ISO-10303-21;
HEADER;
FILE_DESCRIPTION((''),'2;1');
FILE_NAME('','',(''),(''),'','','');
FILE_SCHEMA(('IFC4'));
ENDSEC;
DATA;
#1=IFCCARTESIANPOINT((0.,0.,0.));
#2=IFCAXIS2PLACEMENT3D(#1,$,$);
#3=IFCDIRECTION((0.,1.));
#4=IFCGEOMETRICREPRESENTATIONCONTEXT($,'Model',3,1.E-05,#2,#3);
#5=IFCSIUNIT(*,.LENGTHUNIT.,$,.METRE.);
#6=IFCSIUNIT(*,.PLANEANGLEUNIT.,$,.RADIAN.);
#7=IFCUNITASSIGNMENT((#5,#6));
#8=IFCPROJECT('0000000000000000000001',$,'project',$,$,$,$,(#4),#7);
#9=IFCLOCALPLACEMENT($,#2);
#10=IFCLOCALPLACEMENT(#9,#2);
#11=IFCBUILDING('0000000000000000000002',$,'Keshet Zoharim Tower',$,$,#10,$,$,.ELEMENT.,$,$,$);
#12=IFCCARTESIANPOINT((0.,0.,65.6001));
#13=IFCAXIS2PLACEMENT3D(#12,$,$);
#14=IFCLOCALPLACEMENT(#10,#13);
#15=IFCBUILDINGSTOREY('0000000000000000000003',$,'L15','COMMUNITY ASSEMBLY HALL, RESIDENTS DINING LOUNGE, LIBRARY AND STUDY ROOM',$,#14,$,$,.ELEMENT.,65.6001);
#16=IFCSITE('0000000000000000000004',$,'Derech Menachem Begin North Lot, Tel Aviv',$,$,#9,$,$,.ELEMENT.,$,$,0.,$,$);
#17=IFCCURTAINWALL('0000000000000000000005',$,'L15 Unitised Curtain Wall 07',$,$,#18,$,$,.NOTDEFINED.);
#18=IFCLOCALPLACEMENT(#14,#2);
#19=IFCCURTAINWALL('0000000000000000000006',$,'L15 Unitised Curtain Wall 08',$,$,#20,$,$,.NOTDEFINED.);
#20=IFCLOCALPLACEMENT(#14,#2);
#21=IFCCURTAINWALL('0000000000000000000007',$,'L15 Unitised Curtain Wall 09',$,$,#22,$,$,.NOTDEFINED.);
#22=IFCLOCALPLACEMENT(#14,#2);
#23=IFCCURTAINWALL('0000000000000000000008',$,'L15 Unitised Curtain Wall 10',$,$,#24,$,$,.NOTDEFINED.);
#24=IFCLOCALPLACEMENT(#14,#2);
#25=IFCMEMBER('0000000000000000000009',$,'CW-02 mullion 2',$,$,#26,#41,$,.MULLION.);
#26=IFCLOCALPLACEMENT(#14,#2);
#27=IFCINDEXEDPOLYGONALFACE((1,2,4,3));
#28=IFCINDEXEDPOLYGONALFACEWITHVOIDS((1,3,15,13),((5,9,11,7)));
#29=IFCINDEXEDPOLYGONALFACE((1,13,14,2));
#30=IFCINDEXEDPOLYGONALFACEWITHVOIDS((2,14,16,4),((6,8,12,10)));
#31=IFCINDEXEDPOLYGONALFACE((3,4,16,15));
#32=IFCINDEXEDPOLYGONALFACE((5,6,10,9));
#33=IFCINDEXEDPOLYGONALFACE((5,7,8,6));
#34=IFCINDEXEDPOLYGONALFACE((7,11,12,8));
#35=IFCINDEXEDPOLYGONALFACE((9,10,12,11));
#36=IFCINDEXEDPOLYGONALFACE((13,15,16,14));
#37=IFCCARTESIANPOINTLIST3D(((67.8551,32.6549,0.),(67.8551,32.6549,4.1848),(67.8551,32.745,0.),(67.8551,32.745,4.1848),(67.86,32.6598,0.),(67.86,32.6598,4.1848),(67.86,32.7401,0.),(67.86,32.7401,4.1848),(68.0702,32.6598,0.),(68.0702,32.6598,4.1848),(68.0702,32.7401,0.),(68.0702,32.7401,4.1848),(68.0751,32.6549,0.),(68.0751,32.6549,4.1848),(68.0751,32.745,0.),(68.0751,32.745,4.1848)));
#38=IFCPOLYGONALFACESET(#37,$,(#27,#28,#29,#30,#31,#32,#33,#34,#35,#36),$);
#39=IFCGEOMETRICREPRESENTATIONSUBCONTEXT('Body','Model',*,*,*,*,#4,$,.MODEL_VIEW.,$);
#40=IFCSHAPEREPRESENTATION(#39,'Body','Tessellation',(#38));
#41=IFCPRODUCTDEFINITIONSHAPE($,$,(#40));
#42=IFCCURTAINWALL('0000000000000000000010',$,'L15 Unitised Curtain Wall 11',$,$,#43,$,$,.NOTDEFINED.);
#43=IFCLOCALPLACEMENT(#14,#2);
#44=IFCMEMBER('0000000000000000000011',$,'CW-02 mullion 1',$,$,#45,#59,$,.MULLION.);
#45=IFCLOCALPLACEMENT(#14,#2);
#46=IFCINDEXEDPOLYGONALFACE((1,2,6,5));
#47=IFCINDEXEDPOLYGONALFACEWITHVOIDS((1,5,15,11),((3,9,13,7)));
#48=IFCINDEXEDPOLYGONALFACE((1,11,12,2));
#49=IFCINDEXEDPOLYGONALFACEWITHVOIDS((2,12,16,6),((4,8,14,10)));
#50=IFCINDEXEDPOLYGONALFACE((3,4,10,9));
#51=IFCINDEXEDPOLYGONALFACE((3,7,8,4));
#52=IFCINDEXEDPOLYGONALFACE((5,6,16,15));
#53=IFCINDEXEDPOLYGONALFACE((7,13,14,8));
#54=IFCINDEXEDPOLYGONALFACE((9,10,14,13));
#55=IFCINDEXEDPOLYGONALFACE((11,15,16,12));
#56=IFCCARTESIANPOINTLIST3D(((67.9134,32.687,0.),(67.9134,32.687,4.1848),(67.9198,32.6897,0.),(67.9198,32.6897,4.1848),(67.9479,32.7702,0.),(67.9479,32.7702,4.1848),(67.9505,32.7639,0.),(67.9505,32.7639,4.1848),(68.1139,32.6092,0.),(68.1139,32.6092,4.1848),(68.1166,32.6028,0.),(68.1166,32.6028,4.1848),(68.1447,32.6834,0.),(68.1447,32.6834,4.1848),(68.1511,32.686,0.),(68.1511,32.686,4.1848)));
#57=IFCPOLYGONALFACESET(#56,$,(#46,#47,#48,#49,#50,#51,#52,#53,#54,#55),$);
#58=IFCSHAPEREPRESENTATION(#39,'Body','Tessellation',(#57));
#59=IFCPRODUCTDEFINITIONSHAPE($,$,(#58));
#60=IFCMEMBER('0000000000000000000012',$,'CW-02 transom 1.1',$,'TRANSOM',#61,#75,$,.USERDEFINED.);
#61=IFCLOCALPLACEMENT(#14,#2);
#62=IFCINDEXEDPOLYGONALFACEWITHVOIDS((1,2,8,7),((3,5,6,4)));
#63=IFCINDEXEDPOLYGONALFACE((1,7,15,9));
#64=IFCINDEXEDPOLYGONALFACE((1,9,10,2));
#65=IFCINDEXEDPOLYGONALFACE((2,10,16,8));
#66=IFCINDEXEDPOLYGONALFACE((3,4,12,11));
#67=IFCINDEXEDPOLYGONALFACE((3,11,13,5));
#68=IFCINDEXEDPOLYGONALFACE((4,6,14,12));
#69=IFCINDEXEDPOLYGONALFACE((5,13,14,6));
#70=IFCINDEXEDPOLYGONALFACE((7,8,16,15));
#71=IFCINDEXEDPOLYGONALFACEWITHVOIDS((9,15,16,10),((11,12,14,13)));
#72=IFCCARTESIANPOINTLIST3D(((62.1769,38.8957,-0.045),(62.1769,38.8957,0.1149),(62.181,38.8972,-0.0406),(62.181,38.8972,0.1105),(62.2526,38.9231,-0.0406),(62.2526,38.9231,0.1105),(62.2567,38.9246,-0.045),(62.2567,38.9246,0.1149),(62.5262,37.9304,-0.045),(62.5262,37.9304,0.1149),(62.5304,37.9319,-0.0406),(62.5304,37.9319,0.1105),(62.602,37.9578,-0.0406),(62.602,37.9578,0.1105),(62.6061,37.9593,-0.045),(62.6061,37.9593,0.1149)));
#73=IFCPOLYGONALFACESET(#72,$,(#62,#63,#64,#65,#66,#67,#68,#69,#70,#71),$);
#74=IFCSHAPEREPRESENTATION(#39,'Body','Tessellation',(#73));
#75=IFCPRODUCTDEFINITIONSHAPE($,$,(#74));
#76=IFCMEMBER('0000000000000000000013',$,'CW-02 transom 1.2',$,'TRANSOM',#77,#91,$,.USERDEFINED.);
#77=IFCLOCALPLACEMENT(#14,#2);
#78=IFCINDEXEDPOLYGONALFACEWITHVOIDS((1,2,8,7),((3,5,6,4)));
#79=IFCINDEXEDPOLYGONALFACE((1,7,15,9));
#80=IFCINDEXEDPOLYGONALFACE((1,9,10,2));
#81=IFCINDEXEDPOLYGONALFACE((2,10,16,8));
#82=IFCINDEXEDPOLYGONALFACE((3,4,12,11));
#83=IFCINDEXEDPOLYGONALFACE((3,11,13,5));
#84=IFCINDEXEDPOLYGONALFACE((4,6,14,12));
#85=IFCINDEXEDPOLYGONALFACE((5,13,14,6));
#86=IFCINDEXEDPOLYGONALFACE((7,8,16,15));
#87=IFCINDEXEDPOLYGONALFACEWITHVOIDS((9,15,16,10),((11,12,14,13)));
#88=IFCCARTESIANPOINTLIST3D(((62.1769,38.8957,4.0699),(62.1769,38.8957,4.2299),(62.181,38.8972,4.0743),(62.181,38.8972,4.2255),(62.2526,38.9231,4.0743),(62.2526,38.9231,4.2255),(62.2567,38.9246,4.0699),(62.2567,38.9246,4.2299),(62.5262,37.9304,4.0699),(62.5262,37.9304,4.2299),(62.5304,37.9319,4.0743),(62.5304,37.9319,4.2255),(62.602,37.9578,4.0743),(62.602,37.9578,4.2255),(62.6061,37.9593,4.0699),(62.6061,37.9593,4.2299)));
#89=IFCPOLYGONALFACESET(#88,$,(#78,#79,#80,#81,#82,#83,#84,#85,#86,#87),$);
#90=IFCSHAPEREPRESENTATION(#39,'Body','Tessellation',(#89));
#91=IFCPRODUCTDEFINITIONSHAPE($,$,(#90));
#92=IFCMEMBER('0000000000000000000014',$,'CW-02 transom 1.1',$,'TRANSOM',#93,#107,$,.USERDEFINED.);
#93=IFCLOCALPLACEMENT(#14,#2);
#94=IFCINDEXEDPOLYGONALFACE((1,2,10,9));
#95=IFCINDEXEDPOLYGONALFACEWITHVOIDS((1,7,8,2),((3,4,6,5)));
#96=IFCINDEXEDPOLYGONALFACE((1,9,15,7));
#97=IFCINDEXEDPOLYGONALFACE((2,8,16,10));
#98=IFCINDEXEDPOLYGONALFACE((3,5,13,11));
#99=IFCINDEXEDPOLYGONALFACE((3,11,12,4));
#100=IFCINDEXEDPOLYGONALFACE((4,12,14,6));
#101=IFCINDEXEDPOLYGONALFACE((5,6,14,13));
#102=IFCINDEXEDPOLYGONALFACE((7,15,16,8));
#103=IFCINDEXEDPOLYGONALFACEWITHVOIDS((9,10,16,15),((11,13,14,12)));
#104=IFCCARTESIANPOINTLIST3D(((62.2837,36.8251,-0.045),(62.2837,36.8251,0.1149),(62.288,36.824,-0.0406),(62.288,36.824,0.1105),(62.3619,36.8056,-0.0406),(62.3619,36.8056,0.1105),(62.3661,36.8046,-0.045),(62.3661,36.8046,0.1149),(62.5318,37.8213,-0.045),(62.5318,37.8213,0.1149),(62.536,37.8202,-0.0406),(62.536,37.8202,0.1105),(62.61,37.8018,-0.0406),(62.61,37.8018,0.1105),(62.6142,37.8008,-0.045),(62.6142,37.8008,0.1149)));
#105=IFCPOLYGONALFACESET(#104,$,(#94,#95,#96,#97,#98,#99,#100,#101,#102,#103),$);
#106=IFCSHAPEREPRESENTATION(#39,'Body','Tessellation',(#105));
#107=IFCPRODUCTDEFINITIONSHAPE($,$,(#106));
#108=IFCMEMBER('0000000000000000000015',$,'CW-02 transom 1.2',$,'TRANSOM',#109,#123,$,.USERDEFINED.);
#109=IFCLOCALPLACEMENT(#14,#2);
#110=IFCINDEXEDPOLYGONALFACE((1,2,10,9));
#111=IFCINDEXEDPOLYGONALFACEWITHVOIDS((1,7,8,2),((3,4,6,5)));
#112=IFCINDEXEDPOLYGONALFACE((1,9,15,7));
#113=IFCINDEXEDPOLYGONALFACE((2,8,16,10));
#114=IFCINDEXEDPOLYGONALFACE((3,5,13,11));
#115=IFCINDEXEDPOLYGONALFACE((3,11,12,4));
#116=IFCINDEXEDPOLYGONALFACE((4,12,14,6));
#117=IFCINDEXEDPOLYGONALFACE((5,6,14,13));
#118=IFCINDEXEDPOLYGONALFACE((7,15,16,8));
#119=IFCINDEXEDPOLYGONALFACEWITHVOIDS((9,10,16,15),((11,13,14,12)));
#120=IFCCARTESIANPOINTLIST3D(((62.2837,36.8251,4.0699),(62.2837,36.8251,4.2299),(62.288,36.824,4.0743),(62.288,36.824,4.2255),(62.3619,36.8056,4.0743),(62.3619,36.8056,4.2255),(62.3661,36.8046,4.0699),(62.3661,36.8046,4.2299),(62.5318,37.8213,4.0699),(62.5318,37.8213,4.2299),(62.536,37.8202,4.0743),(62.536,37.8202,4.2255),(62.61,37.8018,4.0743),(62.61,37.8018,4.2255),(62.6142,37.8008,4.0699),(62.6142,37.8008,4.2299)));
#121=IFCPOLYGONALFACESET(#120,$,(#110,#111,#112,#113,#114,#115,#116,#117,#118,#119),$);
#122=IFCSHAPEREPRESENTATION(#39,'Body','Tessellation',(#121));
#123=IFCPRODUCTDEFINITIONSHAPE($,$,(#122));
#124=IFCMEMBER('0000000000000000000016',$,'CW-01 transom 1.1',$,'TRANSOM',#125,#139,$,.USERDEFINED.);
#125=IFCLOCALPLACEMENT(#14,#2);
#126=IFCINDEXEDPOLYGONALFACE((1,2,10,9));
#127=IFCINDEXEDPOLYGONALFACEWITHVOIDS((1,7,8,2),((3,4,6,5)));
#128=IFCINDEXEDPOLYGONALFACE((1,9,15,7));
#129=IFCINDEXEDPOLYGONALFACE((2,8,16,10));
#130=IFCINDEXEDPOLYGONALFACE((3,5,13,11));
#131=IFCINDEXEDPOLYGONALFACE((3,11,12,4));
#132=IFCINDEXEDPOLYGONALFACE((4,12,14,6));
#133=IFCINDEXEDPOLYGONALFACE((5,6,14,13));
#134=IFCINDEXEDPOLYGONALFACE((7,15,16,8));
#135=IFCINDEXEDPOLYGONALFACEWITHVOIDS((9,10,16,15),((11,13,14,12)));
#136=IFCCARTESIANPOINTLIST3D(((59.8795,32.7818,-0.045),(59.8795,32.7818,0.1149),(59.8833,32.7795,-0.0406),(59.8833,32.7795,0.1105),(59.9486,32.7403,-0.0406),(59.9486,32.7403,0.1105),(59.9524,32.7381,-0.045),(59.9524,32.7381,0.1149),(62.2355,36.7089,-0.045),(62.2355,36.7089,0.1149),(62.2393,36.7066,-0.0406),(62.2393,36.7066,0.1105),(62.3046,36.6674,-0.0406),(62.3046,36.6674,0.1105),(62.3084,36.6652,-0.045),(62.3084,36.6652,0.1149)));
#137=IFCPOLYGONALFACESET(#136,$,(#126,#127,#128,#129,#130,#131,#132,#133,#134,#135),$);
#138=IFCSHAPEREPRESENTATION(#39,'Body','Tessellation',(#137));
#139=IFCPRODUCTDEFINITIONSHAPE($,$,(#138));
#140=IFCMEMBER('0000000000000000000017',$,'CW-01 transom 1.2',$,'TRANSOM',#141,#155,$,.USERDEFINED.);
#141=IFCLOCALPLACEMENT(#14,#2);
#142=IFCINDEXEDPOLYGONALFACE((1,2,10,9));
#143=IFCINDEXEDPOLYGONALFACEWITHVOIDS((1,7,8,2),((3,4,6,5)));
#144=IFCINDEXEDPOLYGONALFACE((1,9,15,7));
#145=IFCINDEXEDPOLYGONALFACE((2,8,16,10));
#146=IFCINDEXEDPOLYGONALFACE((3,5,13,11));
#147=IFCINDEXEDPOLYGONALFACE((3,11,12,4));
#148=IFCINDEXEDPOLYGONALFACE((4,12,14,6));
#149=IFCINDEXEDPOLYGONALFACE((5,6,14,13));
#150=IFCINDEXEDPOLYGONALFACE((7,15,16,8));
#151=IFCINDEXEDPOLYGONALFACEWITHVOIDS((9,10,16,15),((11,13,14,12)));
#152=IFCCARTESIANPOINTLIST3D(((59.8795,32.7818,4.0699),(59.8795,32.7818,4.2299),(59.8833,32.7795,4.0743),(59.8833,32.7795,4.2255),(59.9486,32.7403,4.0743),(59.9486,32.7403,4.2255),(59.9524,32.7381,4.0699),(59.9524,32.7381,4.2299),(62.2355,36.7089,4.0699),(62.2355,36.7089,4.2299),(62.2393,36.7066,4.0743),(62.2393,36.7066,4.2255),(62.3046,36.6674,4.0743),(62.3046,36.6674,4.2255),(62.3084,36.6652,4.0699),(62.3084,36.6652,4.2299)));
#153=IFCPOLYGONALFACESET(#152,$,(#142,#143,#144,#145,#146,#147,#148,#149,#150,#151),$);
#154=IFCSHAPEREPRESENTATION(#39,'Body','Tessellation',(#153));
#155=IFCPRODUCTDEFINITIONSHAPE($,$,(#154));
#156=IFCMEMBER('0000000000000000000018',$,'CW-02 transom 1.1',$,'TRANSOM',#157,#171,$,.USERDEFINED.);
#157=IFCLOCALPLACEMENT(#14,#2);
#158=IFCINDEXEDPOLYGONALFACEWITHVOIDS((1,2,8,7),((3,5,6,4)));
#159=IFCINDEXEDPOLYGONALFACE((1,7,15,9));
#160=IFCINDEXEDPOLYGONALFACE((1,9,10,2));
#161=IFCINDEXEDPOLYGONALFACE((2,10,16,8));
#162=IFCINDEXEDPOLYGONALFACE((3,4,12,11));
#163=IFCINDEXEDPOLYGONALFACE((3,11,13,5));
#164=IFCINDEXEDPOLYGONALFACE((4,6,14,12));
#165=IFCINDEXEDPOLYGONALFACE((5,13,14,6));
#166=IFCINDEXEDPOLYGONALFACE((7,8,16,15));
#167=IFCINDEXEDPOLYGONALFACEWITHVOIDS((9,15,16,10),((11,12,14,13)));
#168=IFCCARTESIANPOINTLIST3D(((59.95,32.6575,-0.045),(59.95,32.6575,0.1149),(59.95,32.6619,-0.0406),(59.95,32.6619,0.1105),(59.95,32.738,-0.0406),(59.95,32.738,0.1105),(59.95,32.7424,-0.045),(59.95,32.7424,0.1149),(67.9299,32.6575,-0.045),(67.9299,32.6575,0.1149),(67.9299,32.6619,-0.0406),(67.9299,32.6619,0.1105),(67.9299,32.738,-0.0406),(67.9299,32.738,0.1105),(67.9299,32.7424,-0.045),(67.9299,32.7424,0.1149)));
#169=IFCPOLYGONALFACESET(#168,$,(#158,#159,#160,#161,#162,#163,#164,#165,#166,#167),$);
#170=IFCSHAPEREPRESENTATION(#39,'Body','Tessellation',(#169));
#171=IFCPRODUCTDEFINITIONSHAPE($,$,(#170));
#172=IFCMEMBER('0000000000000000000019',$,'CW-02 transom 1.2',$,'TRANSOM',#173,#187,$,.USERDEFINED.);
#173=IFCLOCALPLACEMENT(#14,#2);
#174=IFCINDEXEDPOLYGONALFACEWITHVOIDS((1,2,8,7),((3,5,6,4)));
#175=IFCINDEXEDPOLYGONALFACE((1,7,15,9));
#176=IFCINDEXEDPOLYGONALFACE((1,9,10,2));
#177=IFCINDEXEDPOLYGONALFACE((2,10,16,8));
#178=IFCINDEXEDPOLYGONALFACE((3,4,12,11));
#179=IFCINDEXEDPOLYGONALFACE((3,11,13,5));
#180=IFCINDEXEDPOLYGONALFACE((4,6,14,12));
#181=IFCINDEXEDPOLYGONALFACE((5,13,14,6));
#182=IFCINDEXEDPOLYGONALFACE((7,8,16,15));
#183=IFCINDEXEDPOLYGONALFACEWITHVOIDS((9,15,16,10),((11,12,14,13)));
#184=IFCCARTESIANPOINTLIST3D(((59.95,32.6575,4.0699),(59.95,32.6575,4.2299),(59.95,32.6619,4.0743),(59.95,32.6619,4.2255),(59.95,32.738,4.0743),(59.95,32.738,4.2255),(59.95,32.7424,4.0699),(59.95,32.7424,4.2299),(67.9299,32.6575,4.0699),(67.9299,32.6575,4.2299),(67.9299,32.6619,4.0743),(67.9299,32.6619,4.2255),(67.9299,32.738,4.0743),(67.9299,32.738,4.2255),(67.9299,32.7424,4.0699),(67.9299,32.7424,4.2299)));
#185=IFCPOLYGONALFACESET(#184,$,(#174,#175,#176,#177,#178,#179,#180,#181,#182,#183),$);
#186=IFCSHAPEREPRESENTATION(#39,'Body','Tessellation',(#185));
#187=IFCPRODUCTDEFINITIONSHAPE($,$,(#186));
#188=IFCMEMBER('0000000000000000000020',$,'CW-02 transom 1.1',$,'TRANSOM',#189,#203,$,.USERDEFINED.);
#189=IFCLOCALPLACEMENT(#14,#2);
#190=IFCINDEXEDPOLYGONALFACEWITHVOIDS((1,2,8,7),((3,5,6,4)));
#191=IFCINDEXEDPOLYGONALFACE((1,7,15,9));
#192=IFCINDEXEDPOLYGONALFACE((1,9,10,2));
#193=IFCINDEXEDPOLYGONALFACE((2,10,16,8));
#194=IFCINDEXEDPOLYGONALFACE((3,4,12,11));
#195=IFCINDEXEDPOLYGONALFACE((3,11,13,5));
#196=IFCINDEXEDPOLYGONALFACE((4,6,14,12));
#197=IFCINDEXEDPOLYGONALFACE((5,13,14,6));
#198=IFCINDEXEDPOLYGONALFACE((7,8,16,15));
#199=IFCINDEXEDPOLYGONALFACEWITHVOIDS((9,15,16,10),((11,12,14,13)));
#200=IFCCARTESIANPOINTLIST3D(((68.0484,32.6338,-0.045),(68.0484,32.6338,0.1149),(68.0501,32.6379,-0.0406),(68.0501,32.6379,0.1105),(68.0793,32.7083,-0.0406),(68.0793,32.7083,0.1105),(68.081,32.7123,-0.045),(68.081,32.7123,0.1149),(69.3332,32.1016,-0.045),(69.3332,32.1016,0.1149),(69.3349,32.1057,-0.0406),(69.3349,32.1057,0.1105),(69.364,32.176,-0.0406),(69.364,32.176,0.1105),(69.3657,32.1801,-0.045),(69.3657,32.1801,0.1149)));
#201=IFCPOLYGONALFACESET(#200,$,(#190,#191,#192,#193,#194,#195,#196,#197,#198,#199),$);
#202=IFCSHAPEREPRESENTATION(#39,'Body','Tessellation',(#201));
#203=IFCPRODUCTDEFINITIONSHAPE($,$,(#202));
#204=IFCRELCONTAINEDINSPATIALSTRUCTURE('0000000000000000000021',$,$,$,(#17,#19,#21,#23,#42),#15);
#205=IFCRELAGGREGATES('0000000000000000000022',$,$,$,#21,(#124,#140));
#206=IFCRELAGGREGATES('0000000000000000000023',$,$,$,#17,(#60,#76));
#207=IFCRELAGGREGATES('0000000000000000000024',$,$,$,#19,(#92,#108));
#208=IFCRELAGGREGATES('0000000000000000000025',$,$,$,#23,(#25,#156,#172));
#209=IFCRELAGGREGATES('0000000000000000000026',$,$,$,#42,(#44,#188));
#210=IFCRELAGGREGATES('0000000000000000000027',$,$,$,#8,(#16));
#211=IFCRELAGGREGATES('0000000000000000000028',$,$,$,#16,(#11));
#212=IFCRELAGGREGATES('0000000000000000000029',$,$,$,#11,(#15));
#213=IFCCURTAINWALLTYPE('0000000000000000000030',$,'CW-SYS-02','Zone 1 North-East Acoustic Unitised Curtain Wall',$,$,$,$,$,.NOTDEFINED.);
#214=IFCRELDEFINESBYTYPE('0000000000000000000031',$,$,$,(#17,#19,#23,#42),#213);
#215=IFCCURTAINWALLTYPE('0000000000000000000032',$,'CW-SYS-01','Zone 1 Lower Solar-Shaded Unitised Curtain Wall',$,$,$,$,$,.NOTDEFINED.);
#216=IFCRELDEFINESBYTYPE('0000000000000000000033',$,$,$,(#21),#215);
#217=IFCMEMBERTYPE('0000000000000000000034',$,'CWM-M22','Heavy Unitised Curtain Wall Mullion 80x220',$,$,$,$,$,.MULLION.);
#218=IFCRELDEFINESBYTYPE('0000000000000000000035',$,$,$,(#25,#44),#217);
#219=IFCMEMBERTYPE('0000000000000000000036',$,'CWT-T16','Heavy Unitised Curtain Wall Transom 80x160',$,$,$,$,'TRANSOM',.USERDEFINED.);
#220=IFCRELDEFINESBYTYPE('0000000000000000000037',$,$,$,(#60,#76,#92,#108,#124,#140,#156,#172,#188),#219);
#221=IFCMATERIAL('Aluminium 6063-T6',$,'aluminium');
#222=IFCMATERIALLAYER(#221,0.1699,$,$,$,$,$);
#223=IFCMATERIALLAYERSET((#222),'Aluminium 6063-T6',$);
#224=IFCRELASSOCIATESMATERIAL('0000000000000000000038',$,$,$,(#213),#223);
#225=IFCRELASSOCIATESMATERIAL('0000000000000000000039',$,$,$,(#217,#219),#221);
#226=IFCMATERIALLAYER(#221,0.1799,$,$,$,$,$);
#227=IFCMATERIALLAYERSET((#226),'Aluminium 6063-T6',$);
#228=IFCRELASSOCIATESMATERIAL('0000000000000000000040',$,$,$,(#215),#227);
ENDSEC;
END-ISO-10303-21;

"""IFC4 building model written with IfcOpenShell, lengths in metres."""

from ifc_helpers import new_model, si_unit, direction, frame, origin, origin_2d, place, context, subcontext, project, spatial, hollow_rectangle, extrude, material, layer, layer_set, material_profile, profile_set, type_object, element, aggregate, save


model = new_model("IFC4")

# Units and contexts
model_context = context("Model", 3, precision=1e-05, world=origin(), true_north=direction((0.0, 1.0)))
body_context = subcontext(model_context, "Body", "Model", "MODEL_VIEW")
ifc_project = project(units=[si_unit("LENGTHUNIT", "METRE"), si_unit("PLANEANGLEUNIT", "RADIAN")], contexts=[model_context])

# Site, building, storey
site_placement = place(None, origin())
site = spatial("IfcSite", under=ifc_project, at=site_placement, Name="Derech Menachem Begin North Lot, Tel Aviv", CompositionType="ELEMENT", RefElevation=0.0)
building_placement = place(site_placement, origin())
building = spatial("IfcBuilding", under=site, at=building_placement, Name="Keshet Zoharim Tower", CompositionType="ELEMENT")
storey_placement = place(building_placement, frame((0.0, 0.0, 65.6001)))
storey = spatial("IfcBuildingStorey", under=building, at=storey_placement, Name="L15", Description="COMMUNITY ASSEMBLY HALL, RESIDENTS DINING LOUNGE, LIBRARY AND STUDY ROOM", CompositionType="ELEMENT", Elevation=65.6001)

# Shared definitions
ifc_material_1 = material(Name="Aluminium 6063-T6", Category="aluminium")
ifc_layer_1 = layer(ifc_material_1, 0.1699)
ifc_layer_set_1 = layer_set([ifc_layer_1], Name="Aluminium 6063-T6")
curtain_wall_type_1 = type_object("IfcCurtainWallType", Name="CW-SYS-02", Description="Zone 1 North-East Acoustic Unitised Curtain Wall", PredefinedType="NOTDEFINED", material=ifc_layer_set_1)
ifc_material_profile_1 = material_profile(ifc_material_1, hollow_rectangle(XDim=0.0901, YDim=0.22, WallThickness=0.0049, at=origin_2d()), Name="MUL-90x220")
ifc_profile_set_1 = profile_set([ifc_material_profile_1], Name="Aluminium 6063-T6")
member_type_1 = type_object("IfcMemberType", Name="CWM-M22", Description="Heavy Unitised Curtain Wall Mullion 80x220", PredefinedType="MULLION", material=ifc_profile_set_1)

# Curtain walls, member
curtain_wall_1_placement = place(storey_placement, origin())
curtain_wall_1 = element("IfcCurtainWall", 1, at=curtain_wall_1_placement, inside=storey, type_object=curtain_wall_type_1, Name="L15 Unitised Curtain Wall 07", PredefinedType="NOTDEFINED")
curtain_wall_2_placement = place(storey_placement, origin())
curtain_wall_2 = element("IfcCurtainWall", 2, at=curtain_wall_2_placement, inside=storey, type_object=curtain_wall_type_1, Name="L15 Unitised Curtain Wall 08", PredefinedType="NOTDEFINED")
ifc_layer_2 = layer(ifc_material_1, 0.1799)
ifc_layer_set_2 = layer_set([ifc_layer_2], Name="Aluminium 6063-T6")
curtain_wall_type_2 = type_object("IfcCurtainWallType", Name="CW-SYS-01", Description="Zone 1 Lower Solar-Shaded Unitised Curtain Wall", PredefinedType="NOTDEFINED", material=ifc_layer_set_2)
curtain_wall_3_placement = place(storey_placement, origin())
curtain_wall_3 = element("IfcCurtainWall", 3, at=curtain_wall_3_placement, inside=storey, type_object=curtain_wall_type_2, Name="L15 Unitised Curtain Wall 09", PredefinedType="NOTDEFINED")
curtain_wall_4_placement = place(storey_placement, origin())
curtain_wall_4 = element("IfcCurtainWall", 4, at=curtain_wall_4_placement, inside=storey, type_object=curtain_wall_type_1, Name="L15 Unitised Curtain Wall 10", PredefinedType="NOTDEFINED")
member_1_placement = place(storey_placement, frame((67.9651, 32.7, 0.0), z_axis=(0.0, 0.0, 1.0), x_axis=(0.0, 1.0, 0.0)))
member_1 = element("IfcMember", 5, at=member_1_placement, type_object=member_type_1, Name="CW-02 mullion 2", PredefinedType="MULLION", context=body_context, shape_type="SweptSolid", body=[
    extrude(hollow_rectangle(XDim=0.0901, YDim=0.22, WallThickness=0.0049, at=origin_2d()), origin(), (0.0, 0.0, 1.0), 4.1848),
])

# Curtain wall, member
curtain_wall_5_placement = place(storey_placement, origin())
curtain_wall_5 = element("IfcCurtainWall", 6, at=curtain_wall_5_placement, inside=storey, type_object=curtain_wall_type_1, Name="L15 Unitised Curtain Wall 11", PredefinedType="NOTDEFINED")
member_2_placement = place(storey_placement, frame((68.0322, 32.6865, 0.0), z_axis=(0.0, 0.0, 1.0), x_axis=(0.382852, 0.92381, 0.0)))
member_2 = element("IfcMember", 7, at=member_2_placement, type_object=member_type_1, Name="CW-02 mullion 1", PredefinedType="MULLION", context=body_context, shape_type="SweptSolid", body=[
    extrude(hollow_rectangle(XDim=0.0901, YDim=0.22, WallThickness=0.0049, at=origin_2d()), origin(), (0.0, 0.0, 1.0), 4.1848),
])

# Members
ifc_material_profile_2 = material_profile(ifc_material_1, hollow_rectangle(XDim=0.085, YDim=0.1599, WallThickness=0.0044, at=origin_2d()), Name="TRN-85x160")
ifc_profile_set_2 = profile_set([ifc_material_profile_2], Name="Aluminium 6063-T6")
member_type_2 = type_object("IfcMemberType", Name="CWT-T16", Description="Heavy Unitised Curtain Wall Transom 80x160", ElementType="TRANSOM", PredefinedType="USERDEFINED", material=ifc_profile_set_2)
member_3_placement = place(storey_placement, frame((62.2168, 38.9102, 0.0349), z_axis=(0.340311, -0.940313, 0.0), x_axis=(0.940313, 0.340311, 0.0)))
member_3 = element("IfcMember", 8, at=member_3_placement, type_object=member_type_2, Name="CW-02 transom 1.1", ObjectType="TRANSOM", PredefinedType="USERDEFINED", context=body_context, shape_type="SweptSolid", body=[
    extrude(hollow_rectangle(XDim=0.085, YDim=0.1599, WallThickness=0.0044, at=origin_2d()), origin(), (0.0, 0.0, 1.0), 1.0266),
])
member_4_placement = place(storey_placement, frame((62.2168, 38.9102, 4.1499), z_axis=(0.340311, -0.940313, 0.0), x_axis=(0.940313, 0.340311, 0.0)))
member_4 = element("IfcMember", 9, at=member_4_placement, type_object=member_type_2, Name="CW-02 transom 1.2", ObjectType="TRANSOM", PredefinedType="USERDEFINED", context=body_context, shape_type="SweptSolid", body=[
    extrude(hollow_rectangle(XDim=0.085, YDim=0.1599, WallThickness=0.0044, at=origin_2d()), origin(), (0.0, 0.0, 1.0), 1.0266),
])
member_5_placement = place(storey_placement, frame((62.573, 37.811, 0.0349), z_axis=(-0.24164, -0.970366, 0.0), x_axis=(0.970366, -0.24164, 0.0)))
member_5 = element("IfcMember", 10, at=member_5_placement, type_object=member_type_2, Name="CW-02 transom 1.1", ObjectType="TRANSOM", PredefinedType="USERDEFINED", context=body_context, shape_type="SweptSolid", body=[
    extrude(hollow_rectangle(XDim=0.085, YDim=0.1599, WallThickness=0.0044, at=origin_2d()), origin(), (0.0, 0.0, 1.0), 1.0266),
])
member_6_placement = place(storey_placement, frame((62.573, 37.811, 4.1499), z_axis=(-0.24164, -0.970366, 0.0), x_axis=(0.970366, -0.24164, 0.0)))
member_6 = element("IfcMember", 11, at=member_6_placement, type_object=member_type_2, Name="CW-02 transom 1.2", ObjectType="TRANSOM", PredefinedType="USERDEFINED", context=body_context, shape_type="SweptSolid", body=[
    extrude(hollow_rectangle(XDim=0.085, YDim=0.1599, WallThickness=0.0044, at=origin_2d()), origin(), (0.0, 0.0, 1.0), 1.0266),
])
member_7_placement = place(storey_placement, frame((62.272, 36.687, 0.0349), z_axis=(-0.514457, -0.857516, 0.0), x_axis=(0.857516, -0.514457, 0.0)))
member_7 = element("IfcMember", 12, at=member_7_placement, type_object=member_type_2, Name="CW-01 transom 1.1", ObjectType="TRANSOM", PredefinedType="USERDEFINED", context=body_context, shape_type="SweptSolid", body=[
    extrude(hollow_rectangle(XDim=0.085, YDim=0.1599, WallThickness=0.0044, at=origin_2d()), origin(), (0.0, 0.0, 1.0), 4.5796),
])
member_8_placement = place(storey_placement, frame((62.272, 36.687, 4.1499), z_axis=(-0.514457, -0.857516, 0.0), x_axis=(0.857516, -0.514457, 0.0)))
member_8 = element("IfcMember", 13, at=member_8_placement, type_object=member_type_2, Name="CW-01 transom 1.2", ObjectType="TRANSOM", PredefinedType="USERDEFINED", context=body_context, shape_type="SweptSolid", body=[
    extrude(hollow_rectangle(XDim=0.085, YDim=0.1599, WallThickness=0.0044, at=origin_2d()), origin(), (0.0, 0.0, 1.0), 4.5796),
])
member_9_placement = place(storey_placement, frame((59.95, 32.7, 0.0349), z_axis=(1.0, 0.0, 0.0), x_axis=(0.0, 1.0, 0.0)))
member_9 = element("IfcMember", 14, at=member_9_placement, type_object=member_type_2, Name="CW-02 transom 1.1", ObjectType="TRANSOM", PredefinedType="USERDEFINED", context=body_context, shape_type="SweptSolid", body=[
    extrude(hollow_rectangle(XDim=0.085, YDim=0.1599, WallThickness=0.0044, at=origin_2d()), origin(), (0.0, 0.0, 1.0), 7.98),
])
member_10_placement = place(storey_placement, frame((59.95, 32.7, 4.1499), z_axis=(1.0, 0.0, 0.0), x_axis=(0.0, 1.0, 0.0)))
member_10 = element("IfcMember", 15, at=member_10_placement, type_object=member_type_2, Name="CW-02 transom 1.2", ObjectType="TRANSOM", PredefinedType="USERDEFINED", context=body_context, shape_type="SweptSolid", body=[
    extrude(hollow_rectangle(XDim=0.085, YDim=0.1599, WallThickness=0.0044, at=origin_2d()), origin(), (0.0, 0.0, 1.0), 7.98),
])
member_11_placement = place(storey_placement, frame((68.0647, 32.6731, 0.0349), z_axis=(0.923854, -0.382745, 0.0), x_axis=(0.382745, 0.923854, 0.0)))
member_11 = element("IfcMember", 16, at=member_11_placement, type_object=member_type_2, Name="CW-02 transom 1.1", ObjectType="TRANSOM", PredefinedType="USERDEFINED", context=body_context, shape_type="SweptSolid", body=[
    extrude(hollow_rectangle(XDim=0.085, YDim=0.1599, WallThickness=0.0044, at=origin_2d()), origin(), (0.0, 0.0, 1.0), 1.3906),
])

aggregate(curtain_wall_3, [member_7, member_8])
aggregate(curtain_wall_1, [member_3, member_4])
aggregate(curtain_wall_2, [member_5, member_6])
aggregate(curtain_wall_4, [member_1, member_9, member_10])
aggregate(curtain_wall_5, [member_2, member_11])

save(model, "model.ifc")
